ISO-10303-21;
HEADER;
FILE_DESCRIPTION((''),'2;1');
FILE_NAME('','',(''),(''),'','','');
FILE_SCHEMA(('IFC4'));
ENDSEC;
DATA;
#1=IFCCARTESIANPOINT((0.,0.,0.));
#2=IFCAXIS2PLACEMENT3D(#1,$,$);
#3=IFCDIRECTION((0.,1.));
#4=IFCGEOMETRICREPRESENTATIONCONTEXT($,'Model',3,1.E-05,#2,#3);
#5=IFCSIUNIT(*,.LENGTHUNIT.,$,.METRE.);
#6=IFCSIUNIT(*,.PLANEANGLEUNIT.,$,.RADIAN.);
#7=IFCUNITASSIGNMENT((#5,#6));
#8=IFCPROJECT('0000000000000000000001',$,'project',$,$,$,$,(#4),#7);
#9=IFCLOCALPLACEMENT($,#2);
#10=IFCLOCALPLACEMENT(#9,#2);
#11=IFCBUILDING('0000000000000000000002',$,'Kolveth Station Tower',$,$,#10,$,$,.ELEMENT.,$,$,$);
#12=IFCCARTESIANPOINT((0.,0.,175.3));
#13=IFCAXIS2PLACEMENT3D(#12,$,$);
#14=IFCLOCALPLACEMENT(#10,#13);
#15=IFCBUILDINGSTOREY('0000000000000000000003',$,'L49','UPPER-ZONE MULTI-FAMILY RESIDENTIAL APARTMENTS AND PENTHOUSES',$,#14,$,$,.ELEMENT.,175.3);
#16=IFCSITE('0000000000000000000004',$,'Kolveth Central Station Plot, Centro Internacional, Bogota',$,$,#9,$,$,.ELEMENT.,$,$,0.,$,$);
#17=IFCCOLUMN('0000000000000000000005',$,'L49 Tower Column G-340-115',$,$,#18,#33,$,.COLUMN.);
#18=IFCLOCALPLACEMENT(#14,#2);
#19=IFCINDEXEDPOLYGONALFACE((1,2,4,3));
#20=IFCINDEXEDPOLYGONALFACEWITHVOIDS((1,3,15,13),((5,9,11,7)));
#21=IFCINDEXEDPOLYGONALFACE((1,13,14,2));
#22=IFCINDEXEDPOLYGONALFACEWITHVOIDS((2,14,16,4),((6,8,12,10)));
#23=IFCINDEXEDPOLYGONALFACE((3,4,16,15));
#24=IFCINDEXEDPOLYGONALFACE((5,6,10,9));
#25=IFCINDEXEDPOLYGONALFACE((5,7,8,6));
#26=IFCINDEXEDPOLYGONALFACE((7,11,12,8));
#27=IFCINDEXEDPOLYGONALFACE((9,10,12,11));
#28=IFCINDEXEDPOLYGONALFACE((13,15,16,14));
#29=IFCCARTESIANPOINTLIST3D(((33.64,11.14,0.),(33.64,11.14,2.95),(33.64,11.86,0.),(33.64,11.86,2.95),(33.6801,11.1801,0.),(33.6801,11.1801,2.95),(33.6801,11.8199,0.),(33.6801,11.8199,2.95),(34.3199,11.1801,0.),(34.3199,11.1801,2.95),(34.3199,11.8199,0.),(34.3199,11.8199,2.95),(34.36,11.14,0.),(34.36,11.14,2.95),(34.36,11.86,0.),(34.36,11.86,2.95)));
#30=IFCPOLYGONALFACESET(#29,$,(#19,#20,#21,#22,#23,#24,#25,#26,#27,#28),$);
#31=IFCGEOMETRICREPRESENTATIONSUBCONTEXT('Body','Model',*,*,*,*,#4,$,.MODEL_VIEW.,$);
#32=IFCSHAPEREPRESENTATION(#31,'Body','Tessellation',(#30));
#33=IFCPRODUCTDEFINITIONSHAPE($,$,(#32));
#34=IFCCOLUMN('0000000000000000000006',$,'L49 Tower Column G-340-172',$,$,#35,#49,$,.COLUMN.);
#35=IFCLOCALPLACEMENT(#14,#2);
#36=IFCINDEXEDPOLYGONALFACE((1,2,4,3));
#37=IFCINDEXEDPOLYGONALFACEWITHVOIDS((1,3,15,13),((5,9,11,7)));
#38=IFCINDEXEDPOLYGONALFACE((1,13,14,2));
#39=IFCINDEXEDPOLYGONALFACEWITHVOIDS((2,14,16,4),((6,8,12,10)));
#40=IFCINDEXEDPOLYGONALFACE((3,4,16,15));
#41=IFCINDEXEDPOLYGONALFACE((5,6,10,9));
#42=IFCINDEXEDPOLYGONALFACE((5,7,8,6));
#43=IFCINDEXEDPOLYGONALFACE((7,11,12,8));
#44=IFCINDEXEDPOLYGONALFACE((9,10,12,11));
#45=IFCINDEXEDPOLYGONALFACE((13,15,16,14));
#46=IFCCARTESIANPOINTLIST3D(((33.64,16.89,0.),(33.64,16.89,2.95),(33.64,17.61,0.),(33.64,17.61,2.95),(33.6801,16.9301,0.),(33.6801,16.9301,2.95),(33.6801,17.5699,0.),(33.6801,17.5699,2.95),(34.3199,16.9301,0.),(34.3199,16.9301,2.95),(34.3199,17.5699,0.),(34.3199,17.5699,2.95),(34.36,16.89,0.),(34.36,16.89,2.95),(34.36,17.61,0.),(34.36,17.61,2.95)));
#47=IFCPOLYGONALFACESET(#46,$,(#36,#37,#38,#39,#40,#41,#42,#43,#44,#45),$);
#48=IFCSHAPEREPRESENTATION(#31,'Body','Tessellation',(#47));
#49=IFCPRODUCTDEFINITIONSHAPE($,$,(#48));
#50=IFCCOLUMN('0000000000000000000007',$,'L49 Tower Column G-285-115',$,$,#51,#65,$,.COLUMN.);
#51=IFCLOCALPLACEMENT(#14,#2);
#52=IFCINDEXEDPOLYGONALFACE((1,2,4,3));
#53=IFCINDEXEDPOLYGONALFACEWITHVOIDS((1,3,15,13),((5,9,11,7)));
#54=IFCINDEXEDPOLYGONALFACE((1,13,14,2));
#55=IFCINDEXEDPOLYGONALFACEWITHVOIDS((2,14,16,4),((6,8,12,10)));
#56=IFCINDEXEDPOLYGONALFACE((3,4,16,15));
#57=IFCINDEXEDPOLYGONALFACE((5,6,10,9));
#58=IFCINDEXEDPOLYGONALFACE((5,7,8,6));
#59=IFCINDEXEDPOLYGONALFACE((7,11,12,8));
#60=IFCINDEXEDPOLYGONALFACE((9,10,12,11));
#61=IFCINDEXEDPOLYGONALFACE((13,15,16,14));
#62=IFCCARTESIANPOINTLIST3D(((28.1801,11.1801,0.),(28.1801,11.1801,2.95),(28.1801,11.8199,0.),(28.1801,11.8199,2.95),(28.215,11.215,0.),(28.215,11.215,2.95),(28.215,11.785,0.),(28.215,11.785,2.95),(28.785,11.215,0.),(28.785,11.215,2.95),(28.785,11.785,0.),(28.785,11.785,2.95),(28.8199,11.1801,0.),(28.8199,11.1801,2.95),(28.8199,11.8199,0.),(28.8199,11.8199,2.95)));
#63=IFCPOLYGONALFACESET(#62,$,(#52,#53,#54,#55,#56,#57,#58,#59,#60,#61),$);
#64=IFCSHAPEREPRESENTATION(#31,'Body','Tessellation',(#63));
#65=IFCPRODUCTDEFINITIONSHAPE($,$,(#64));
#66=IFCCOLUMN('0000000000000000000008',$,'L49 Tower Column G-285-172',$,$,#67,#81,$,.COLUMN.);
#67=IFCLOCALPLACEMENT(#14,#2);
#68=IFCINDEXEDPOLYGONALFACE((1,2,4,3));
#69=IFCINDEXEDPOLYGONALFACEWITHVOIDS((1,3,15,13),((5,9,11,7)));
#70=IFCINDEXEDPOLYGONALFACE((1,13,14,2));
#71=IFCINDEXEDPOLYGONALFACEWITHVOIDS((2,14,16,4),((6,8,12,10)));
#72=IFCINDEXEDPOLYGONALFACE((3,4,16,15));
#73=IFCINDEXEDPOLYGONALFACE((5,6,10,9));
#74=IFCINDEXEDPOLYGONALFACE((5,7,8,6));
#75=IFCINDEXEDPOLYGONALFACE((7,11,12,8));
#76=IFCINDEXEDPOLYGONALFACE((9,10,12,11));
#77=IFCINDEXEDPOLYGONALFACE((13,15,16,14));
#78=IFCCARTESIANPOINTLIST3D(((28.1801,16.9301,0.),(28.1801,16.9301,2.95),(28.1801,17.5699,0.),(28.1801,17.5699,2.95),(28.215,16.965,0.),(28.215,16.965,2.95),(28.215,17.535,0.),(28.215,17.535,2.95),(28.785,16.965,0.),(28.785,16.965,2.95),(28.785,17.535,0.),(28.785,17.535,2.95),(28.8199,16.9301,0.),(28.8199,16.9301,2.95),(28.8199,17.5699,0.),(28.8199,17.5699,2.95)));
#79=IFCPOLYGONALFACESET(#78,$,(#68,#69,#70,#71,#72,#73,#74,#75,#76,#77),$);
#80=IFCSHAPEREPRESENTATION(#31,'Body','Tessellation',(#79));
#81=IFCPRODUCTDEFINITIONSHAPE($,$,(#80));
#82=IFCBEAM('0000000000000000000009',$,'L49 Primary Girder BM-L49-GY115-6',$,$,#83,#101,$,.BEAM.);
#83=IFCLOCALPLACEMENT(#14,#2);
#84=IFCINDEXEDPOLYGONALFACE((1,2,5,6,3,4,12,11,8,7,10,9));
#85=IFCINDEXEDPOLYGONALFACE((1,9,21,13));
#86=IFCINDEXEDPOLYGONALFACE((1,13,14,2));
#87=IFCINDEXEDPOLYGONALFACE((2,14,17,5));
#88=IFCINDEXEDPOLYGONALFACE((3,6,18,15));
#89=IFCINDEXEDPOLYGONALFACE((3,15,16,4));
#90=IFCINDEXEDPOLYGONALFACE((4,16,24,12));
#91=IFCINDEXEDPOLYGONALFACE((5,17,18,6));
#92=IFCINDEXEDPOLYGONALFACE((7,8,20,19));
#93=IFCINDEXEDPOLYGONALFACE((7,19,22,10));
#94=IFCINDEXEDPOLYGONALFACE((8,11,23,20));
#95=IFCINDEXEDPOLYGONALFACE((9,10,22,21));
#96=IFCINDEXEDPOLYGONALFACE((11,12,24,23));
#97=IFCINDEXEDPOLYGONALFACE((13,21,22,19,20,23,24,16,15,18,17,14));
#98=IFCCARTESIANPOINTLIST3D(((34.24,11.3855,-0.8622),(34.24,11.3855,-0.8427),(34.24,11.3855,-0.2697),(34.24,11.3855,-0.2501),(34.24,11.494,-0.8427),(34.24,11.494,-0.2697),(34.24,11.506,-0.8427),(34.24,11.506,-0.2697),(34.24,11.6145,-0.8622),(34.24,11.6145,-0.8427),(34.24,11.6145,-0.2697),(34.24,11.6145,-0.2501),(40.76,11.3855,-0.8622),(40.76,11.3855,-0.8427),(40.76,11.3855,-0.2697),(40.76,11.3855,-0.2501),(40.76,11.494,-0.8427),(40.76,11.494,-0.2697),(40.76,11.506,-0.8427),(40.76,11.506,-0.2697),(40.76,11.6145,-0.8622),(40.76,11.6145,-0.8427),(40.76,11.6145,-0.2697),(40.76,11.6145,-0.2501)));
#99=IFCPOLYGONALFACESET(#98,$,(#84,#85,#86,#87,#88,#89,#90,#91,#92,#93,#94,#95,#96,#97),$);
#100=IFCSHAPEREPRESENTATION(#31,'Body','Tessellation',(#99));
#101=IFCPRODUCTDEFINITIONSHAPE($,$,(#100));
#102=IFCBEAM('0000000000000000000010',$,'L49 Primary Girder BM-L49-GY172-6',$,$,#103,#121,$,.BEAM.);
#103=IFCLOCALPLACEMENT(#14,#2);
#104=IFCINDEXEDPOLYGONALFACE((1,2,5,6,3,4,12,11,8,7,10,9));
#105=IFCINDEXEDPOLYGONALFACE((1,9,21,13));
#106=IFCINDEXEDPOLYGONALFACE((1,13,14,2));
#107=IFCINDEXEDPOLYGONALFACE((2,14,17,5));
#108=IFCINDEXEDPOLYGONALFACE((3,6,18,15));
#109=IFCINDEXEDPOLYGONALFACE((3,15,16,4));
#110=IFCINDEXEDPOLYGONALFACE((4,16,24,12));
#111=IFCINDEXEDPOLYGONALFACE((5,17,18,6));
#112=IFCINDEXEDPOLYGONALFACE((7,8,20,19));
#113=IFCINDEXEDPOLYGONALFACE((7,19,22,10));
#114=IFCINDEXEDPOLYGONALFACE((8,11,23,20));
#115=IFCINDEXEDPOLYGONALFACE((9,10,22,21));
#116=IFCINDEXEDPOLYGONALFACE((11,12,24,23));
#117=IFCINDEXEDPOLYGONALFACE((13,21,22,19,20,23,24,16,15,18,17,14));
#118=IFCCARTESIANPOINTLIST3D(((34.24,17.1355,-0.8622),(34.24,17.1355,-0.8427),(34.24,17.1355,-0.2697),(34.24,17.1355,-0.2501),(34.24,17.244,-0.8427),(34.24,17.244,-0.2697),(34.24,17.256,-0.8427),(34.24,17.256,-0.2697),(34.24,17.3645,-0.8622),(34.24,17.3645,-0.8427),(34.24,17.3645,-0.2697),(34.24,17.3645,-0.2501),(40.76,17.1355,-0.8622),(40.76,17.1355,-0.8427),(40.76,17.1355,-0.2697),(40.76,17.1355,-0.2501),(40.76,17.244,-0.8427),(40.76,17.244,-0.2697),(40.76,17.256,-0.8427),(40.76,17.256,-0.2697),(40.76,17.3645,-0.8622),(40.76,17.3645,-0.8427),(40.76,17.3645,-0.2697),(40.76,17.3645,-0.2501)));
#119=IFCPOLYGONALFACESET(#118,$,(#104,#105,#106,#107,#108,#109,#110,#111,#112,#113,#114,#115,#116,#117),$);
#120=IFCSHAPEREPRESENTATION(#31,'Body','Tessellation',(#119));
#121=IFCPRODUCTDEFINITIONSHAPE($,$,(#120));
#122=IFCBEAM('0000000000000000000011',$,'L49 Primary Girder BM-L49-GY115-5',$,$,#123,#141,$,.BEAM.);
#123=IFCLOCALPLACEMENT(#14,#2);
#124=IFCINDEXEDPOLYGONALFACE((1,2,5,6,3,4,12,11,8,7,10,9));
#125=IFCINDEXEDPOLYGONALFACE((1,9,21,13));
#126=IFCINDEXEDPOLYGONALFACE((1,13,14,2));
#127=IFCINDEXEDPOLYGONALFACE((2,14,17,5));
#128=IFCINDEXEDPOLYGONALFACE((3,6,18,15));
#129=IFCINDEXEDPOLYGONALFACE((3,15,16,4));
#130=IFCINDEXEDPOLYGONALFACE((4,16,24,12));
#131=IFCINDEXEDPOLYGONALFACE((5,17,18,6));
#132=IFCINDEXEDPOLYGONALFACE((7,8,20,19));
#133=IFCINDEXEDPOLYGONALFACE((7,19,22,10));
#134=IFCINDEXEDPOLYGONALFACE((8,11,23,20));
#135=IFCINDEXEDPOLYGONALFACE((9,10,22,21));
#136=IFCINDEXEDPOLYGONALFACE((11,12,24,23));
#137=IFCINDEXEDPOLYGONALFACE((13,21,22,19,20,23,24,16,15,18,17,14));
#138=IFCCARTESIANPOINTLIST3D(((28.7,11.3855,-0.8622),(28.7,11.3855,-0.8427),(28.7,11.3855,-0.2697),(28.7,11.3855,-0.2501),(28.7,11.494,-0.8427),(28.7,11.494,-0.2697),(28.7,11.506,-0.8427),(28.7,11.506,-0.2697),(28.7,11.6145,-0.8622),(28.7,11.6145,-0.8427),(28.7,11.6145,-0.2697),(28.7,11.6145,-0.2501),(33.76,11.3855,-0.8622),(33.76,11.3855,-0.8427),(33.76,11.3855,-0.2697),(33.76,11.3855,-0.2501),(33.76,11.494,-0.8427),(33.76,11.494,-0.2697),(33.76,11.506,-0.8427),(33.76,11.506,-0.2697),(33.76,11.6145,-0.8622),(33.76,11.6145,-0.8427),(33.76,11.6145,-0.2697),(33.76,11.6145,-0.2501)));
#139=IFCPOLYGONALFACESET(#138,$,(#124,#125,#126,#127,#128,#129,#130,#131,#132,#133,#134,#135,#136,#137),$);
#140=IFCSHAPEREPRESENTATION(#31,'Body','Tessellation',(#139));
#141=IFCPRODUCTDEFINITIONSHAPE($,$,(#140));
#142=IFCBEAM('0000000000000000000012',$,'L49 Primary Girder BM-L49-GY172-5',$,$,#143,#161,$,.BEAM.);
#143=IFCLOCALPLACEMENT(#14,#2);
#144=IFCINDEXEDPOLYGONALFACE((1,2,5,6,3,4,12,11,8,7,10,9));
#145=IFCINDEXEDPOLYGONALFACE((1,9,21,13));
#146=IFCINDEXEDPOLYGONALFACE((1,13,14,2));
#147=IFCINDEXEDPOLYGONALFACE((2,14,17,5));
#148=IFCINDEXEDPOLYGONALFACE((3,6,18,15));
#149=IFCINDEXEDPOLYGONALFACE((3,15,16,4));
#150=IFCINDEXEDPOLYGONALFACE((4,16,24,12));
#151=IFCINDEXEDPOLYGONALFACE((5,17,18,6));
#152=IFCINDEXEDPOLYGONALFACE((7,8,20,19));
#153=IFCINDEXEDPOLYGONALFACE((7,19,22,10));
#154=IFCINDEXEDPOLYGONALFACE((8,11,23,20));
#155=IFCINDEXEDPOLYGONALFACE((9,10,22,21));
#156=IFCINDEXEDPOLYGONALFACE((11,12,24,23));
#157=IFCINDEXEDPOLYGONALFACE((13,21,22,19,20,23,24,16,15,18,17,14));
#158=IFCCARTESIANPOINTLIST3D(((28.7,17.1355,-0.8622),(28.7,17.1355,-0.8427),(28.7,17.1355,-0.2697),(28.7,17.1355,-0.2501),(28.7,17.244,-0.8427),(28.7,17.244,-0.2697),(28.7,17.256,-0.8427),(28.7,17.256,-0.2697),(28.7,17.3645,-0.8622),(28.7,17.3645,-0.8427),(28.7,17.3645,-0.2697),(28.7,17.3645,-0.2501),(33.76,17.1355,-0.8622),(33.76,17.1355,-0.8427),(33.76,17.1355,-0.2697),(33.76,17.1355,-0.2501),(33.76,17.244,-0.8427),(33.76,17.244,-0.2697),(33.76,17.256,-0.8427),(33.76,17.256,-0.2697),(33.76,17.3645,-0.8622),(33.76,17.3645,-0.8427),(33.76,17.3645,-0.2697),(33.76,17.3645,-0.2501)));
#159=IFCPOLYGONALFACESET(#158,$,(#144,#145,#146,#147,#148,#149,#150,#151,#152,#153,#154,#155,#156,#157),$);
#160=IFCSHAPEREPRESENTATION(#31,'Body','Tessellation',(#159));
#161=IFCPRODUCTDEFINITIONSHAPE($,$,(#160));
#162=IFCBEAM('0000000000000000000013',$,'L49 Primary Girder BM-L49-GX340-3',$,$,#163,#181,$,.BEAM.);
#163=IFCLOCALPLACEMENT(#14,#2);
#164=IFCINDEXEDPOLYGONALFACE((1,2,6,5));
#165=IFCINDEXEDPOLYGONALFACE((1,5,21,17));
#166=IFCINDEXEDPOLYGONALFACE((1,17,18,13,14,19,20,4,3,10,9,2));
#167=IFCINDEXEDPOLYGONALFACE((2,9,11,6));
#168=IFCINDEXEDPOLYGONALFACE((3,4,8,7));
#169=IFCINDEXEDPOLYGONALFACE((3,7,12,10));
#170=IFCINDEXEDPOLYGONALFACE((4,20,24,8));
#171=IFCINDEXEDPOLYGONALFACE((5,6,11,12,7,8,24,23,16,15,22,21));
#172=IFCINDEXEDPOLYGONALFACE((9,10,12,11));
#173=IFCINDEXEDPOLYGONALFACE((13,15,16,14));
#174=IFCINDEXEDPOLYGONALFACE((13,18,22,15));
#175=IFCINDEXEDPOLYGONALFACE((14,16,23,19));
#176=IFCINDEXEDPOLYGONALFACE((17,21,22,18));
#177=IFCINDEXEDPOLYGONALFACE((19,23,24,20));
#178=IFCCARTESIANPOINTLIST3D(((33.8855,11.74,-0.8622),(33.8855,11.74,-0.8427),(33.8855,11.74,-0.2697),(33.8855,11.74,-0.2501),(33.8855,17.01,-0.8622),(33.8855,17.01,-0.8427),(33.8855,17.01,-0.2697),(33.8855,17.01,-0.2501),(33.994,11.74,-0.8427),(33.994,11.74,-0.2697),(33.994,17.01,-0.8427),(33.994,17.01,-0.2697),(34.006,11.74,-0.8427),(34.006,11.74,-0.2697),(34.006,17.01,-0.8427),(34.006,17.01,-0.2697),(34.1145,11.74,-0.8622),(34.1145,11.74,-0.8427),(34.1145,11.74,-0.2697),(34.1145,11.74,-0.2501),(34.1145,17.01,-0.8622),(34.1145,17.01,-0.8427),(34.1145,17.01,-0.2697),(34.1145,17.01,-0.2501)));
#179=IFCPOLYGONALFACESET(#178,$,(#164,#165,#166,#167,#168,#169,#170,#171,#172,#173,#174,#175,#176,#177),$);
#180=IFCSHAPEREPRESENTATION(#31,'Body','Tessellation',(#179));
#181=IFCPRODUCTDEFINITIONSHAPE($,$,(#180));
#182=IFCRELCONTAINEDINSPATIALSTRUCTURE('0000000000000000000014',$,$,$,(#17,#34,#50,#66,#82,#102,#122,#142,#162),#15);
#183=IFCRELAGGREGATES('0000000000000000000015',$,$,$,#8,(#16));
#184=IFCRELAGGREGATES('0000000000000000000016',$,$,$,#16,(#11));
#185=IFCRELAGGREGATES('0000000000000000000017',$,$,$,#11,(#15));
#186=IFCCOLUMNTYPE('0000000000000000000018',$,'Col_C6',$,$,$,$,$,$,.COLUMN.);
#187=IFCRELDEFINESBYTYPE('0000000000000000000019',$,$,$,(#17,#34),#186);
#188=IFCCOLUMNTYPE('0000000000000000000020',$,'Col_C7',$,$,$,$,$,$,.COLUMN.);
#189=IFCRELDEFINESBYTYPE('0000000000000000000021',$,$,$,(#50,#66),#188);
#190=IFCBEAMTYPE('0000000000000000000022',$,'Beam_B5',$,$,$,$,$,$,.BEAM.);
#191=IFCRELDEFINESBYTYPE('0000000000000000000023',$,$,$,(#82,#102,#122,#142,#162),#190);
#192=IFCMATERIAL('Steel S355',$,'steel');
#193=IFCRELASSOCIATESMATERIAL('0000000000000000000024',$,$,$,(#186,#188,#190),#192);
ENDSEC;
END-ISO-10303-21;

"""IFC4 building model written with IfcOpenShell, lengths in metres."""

from ifc_helpers import new_model, si_unit, direction, frame, origin, origin_2d, place, context, subcontext, project, spatial, hollow_rectangle, i_section, extrude, source, transform, mapped, material, material_profile, profile_set, type_object, element, save


model = new_model("IFC4")

# Units and contexts
model_context = context("Model", 3, precision=1e-05, world=origin(), true_north=direction((0.0, 1.0)))
body_context = subcontext(model_context, "Body", "Model", "MODEL_VIEW")
ifc_project = project(units=[si_unit("LENGTHUNIT", "METRE"), si_unit("PLANEANGLEUNIT", "RADIAN")], contexts=[model_context])

# Site, building, storey
site_placement = place(None, origin())
site = spatial("IfcSite", under=ifc_project, at=site_placement, Name="Kolveth Central Station Plot, Centro Internacional, Bogota", CompositionType="ELEMENT", RefElevation=0.0)
building_placement = place(site_placement, origin())
building = spatial("IfcBuilding", under=site, at=building_placement, Name="Kolveth Station Tower", CompositionType="ELEMENT")
storey_placement = place(building_placement, frame((0.0, 0.0, 175.3)))
storey = spatial("IfcBuildingStorey", under=building, at=storey_placement, Name="L49", Description="UPPER-ZONE MULTI-FAMILY RESIDENTIAL APARTMENTS AND PENTHOUSES", CompositionType="ELEMENT", Elevation=175.3)

# Columns
ifc_material_1 = material(Name="Steel S355", Category="steel")
ifc_material_profile_1 = material_profile(ifc_material_1, hollow_rectangle(XDim=0.72, YDim=0.72, WallThickness=0.04, at=origin_2d()), Name="BOX720x720x40")
ifc_profile_set_1 = profile_set([ifc_material_profile_1], Name="Steel S355")
column_type_1 = type_object("IfcColumnType", Name="Col_C6", PredefinedType="COLUMN", material=ifc_profile_set_1)
shared_shape_1 = source(origin(), body_context, "Body", "SweptSolid", [
    extrude(hollow_rectangle(XDim=0.72, YDim=0.72, WallThickness=0.04, at=origin_2d()), origin(), (0.0, 0.0, 1.0), 2.95),
])
for number, where, z_axis, x_axis, name in (
    (1, (34.0, 11.5, 0.0), (0.0, 0.0, 1.0), (1.0, 0.0, 0.0), "L49 Tower Column G-340-115"),
    (2, (34.0, 17.25, 0.0), (0.0, 0.0, 1.0), (1.0, 0.0, 0.0), "L49 Tower Column G-340-172"),
):
    element("IfcColumn", number, at=place(storey_placement, frame(where, z_axis=z_axis, x_axis=x_axis)), inside=storey, type_object=column_type_1, Name=name, PredefinedType="COLUMN", context=body_context, shape_type="MappedRepresentation", body=[
        mapped(shared_shape_1, transform((0.0, 0.0, 0.0), x_axis=(1.0, 0.0, 0.0), y_axis=(0.0, 1.0, 0.0), z_axis=(0.0, 0.0, 1.0), scale=1.0)),
    ])
ifc_material_profile_2 = material_profile(ifc_material_1, hollow_rectangle(XDim=0.6399, YDim=0.6399, WallThickness=0.0349, at=origin_2d()), Name="BOX640x640x35")
ifc_profile_set_2 = profile_set([ifc_material_profile_2], Name="Steel S355")
column_type_2 = type_object("IfcColumnType", Name="Col_C7", PredefinedType="COLUMN", material=ifc_profile_set_2)
shared_shape_2 = source(origin(), body_context, "Body", "SweptSolid", [
    extrude(hollow_rectangle(XDim=0.6399, YDim=0.6399, WallThickness=0.0349, at=origin_2d()), origin(), (0.0, 0.0, 1.0), 2.95),
])
for number, where, z_axis, x_axis, name in (
    (3, (28.5, 11.5, 0.0), (0.0, 0.0, 1.0), (1.0, 0.0, 0.0), "L49 Tower Column G-285-115"),
    (4, (28.5, 17.25, 0.0), (0.0, 0.0, 1.0), (1.0, 0.0, 0.0), "L49 Tower Column G-285-172"),
):
    element("IfcColumn", number, at=place(storey_placement, frame(where, z_axis=z_axis, x_axis=x_axis)), inside=storey, type_object=column_type_2, Name=name, PredefinedType="COLUMN", context=body_context, shape_type="MappedRepresentation", body=[
        mapped(shared_shape_2, transform((0.0, 0.0, 0.0), x_axis=(1.0, 0.0, 0.0), y_axis=(0.0, 1.0, 0.0), z_axis=(0.0, 0.0, 1.0), scale=1.0)),
    ])

# Beams
ifc_material_profile_3 = material_profile(ifc_material_1, i_section(OverallWidth=0.229, OverallDepth=0.6121, WebThickness=0.012, FlangeThickness=0.0195, at=origin_2d()), Name="W610x125")
ifc_profile_set_3 = profile_set([ifc_material_profile_3], Name="Steel S355")
beam_type_1 = type_object("IfcBeamType", Name="Beam_B5", PredefinedType="BEAM", material=ifc_profile_set_3)
shared_shape_3 = source(origin(), body_context, "Body", "SweptSolid", [
    extrude(i_section(OverallWidth=0.229, OverallDepth=0.6121, WebThickness=0.012, FlangeThickness=0.0195, at=origin_2d()), origin(), (0.0, 0.0, 1.0), 6.52),
])
for number, where, z_axis, x_axis, name in (
    (5, (34.24, 11.5, -0.5562), (1.0, 0.0, 0.0), (0.0, 1.0, 0.0), "L49 Primary Girder BM-L49-GY115-6"),
    (6, (34.24, 17.25, -0.5562), (1.0, 0.0, 0.0), (0.0, 1.0, 0.0), "L49 Primary Girder BM-L49-GY172-6"),
):
    element("IfcBeam", number, at=place(storey_placement, frame(where, z_axis=z_axis, x_axis=x_axis)), inside=storey, type_object=beam_type_1, Name=name, PredefinedType="BEAM", context=body_context, shape_type="MappedRepresentation", body=[
        mapped(shared_shape_3, transform((0.0, 0.0, 0.0), x_axis=(1.0, 0.0, 0.0), y_axis=(0.0, 1.0, 0.0), z_axis=(0.0, 0.0, 1.0), scale=1.0)),
    ])
shared_shape_4 = source(origin(), body_context, "Body", "SweptSolid", [
    extrude(i_section(OverallWidth=0.229, OverallDepth=0.6121, WebThickness=0.012, FlangeThickness=0.0195, at=origin_2d()), origin(), (0.0, 0.0, 1.0), 5.0601),
])
for number, where, z_axis, x_axis, name in (
    (7, (28.7, 11.5, -0.5562), (1.0, 0.0, 0.0), (0.0, 1.0, 0.0), "L49 Primary Girder BM-L49-GY115-5"),
    (8, (28.7, 17.25, -0.5562), (1.0, 0.0, 0.0), (0.0, 1.0, 0.0), "L49 Primary Girder BM-L49-GY172-5"),
):
    element("IfcBeam", number, at=place(storey_placement, frame(where, z_axis=z_axis, x_axis=x_axis)), inside=storey, type_object=beam_type_1, Name=name, PredefinedType="BEAM", context=body_context, shape_type="MappedRepresentation", body=[
        mapped(shared_shape_4, transform((0.0, 0.0, 0.0), x_axis=(1.0, 0.0, 0.0), y_axis=(0.0, 1.0, 0.0), z_axis=(0.0, 0.0, 1.0), scale=1.0)),
    ])
shared_shape_5 = source(origin(), body_context, "Body", "SweptSolid", [
    extrude(i_section(OverallWidth=0.229, OverallDepth=0.6121, WebThickness=0.012, FlangeThickness=0.0195, at=origin_2d()), origin(), (0.0, 0.0, 1.0), 5.27),
])
for number, where, z_axis, x_axis, name in (
    (9, (34.0, 11.74, -0.5562), (0.0, 1.0, 0.0), (-1.0, 0.0, 0.0), "L49 Primary Girder BM-L49-GX340-3"),
):
    element("IfcBeam", number, at=place(storey_placement, frame(where, z_axis=z_axis, x_axis=x_axis)), inside=storey, type_object=beam_type_1, Name=name, PredefinedType="BEAM", context=body_context, shape_type="MappedRepresentation", body=[
        mapped(shared_shape_5, transform((0.0, 0.0, 0.0), x_axis=(1.0, 0.0, 0.0), y_axis=(0.0, 1.0, 0.0), z_axis=(0.0, 0.0, 1.0), scale=1.0)),
    ])

save(model, "model.ifc")
